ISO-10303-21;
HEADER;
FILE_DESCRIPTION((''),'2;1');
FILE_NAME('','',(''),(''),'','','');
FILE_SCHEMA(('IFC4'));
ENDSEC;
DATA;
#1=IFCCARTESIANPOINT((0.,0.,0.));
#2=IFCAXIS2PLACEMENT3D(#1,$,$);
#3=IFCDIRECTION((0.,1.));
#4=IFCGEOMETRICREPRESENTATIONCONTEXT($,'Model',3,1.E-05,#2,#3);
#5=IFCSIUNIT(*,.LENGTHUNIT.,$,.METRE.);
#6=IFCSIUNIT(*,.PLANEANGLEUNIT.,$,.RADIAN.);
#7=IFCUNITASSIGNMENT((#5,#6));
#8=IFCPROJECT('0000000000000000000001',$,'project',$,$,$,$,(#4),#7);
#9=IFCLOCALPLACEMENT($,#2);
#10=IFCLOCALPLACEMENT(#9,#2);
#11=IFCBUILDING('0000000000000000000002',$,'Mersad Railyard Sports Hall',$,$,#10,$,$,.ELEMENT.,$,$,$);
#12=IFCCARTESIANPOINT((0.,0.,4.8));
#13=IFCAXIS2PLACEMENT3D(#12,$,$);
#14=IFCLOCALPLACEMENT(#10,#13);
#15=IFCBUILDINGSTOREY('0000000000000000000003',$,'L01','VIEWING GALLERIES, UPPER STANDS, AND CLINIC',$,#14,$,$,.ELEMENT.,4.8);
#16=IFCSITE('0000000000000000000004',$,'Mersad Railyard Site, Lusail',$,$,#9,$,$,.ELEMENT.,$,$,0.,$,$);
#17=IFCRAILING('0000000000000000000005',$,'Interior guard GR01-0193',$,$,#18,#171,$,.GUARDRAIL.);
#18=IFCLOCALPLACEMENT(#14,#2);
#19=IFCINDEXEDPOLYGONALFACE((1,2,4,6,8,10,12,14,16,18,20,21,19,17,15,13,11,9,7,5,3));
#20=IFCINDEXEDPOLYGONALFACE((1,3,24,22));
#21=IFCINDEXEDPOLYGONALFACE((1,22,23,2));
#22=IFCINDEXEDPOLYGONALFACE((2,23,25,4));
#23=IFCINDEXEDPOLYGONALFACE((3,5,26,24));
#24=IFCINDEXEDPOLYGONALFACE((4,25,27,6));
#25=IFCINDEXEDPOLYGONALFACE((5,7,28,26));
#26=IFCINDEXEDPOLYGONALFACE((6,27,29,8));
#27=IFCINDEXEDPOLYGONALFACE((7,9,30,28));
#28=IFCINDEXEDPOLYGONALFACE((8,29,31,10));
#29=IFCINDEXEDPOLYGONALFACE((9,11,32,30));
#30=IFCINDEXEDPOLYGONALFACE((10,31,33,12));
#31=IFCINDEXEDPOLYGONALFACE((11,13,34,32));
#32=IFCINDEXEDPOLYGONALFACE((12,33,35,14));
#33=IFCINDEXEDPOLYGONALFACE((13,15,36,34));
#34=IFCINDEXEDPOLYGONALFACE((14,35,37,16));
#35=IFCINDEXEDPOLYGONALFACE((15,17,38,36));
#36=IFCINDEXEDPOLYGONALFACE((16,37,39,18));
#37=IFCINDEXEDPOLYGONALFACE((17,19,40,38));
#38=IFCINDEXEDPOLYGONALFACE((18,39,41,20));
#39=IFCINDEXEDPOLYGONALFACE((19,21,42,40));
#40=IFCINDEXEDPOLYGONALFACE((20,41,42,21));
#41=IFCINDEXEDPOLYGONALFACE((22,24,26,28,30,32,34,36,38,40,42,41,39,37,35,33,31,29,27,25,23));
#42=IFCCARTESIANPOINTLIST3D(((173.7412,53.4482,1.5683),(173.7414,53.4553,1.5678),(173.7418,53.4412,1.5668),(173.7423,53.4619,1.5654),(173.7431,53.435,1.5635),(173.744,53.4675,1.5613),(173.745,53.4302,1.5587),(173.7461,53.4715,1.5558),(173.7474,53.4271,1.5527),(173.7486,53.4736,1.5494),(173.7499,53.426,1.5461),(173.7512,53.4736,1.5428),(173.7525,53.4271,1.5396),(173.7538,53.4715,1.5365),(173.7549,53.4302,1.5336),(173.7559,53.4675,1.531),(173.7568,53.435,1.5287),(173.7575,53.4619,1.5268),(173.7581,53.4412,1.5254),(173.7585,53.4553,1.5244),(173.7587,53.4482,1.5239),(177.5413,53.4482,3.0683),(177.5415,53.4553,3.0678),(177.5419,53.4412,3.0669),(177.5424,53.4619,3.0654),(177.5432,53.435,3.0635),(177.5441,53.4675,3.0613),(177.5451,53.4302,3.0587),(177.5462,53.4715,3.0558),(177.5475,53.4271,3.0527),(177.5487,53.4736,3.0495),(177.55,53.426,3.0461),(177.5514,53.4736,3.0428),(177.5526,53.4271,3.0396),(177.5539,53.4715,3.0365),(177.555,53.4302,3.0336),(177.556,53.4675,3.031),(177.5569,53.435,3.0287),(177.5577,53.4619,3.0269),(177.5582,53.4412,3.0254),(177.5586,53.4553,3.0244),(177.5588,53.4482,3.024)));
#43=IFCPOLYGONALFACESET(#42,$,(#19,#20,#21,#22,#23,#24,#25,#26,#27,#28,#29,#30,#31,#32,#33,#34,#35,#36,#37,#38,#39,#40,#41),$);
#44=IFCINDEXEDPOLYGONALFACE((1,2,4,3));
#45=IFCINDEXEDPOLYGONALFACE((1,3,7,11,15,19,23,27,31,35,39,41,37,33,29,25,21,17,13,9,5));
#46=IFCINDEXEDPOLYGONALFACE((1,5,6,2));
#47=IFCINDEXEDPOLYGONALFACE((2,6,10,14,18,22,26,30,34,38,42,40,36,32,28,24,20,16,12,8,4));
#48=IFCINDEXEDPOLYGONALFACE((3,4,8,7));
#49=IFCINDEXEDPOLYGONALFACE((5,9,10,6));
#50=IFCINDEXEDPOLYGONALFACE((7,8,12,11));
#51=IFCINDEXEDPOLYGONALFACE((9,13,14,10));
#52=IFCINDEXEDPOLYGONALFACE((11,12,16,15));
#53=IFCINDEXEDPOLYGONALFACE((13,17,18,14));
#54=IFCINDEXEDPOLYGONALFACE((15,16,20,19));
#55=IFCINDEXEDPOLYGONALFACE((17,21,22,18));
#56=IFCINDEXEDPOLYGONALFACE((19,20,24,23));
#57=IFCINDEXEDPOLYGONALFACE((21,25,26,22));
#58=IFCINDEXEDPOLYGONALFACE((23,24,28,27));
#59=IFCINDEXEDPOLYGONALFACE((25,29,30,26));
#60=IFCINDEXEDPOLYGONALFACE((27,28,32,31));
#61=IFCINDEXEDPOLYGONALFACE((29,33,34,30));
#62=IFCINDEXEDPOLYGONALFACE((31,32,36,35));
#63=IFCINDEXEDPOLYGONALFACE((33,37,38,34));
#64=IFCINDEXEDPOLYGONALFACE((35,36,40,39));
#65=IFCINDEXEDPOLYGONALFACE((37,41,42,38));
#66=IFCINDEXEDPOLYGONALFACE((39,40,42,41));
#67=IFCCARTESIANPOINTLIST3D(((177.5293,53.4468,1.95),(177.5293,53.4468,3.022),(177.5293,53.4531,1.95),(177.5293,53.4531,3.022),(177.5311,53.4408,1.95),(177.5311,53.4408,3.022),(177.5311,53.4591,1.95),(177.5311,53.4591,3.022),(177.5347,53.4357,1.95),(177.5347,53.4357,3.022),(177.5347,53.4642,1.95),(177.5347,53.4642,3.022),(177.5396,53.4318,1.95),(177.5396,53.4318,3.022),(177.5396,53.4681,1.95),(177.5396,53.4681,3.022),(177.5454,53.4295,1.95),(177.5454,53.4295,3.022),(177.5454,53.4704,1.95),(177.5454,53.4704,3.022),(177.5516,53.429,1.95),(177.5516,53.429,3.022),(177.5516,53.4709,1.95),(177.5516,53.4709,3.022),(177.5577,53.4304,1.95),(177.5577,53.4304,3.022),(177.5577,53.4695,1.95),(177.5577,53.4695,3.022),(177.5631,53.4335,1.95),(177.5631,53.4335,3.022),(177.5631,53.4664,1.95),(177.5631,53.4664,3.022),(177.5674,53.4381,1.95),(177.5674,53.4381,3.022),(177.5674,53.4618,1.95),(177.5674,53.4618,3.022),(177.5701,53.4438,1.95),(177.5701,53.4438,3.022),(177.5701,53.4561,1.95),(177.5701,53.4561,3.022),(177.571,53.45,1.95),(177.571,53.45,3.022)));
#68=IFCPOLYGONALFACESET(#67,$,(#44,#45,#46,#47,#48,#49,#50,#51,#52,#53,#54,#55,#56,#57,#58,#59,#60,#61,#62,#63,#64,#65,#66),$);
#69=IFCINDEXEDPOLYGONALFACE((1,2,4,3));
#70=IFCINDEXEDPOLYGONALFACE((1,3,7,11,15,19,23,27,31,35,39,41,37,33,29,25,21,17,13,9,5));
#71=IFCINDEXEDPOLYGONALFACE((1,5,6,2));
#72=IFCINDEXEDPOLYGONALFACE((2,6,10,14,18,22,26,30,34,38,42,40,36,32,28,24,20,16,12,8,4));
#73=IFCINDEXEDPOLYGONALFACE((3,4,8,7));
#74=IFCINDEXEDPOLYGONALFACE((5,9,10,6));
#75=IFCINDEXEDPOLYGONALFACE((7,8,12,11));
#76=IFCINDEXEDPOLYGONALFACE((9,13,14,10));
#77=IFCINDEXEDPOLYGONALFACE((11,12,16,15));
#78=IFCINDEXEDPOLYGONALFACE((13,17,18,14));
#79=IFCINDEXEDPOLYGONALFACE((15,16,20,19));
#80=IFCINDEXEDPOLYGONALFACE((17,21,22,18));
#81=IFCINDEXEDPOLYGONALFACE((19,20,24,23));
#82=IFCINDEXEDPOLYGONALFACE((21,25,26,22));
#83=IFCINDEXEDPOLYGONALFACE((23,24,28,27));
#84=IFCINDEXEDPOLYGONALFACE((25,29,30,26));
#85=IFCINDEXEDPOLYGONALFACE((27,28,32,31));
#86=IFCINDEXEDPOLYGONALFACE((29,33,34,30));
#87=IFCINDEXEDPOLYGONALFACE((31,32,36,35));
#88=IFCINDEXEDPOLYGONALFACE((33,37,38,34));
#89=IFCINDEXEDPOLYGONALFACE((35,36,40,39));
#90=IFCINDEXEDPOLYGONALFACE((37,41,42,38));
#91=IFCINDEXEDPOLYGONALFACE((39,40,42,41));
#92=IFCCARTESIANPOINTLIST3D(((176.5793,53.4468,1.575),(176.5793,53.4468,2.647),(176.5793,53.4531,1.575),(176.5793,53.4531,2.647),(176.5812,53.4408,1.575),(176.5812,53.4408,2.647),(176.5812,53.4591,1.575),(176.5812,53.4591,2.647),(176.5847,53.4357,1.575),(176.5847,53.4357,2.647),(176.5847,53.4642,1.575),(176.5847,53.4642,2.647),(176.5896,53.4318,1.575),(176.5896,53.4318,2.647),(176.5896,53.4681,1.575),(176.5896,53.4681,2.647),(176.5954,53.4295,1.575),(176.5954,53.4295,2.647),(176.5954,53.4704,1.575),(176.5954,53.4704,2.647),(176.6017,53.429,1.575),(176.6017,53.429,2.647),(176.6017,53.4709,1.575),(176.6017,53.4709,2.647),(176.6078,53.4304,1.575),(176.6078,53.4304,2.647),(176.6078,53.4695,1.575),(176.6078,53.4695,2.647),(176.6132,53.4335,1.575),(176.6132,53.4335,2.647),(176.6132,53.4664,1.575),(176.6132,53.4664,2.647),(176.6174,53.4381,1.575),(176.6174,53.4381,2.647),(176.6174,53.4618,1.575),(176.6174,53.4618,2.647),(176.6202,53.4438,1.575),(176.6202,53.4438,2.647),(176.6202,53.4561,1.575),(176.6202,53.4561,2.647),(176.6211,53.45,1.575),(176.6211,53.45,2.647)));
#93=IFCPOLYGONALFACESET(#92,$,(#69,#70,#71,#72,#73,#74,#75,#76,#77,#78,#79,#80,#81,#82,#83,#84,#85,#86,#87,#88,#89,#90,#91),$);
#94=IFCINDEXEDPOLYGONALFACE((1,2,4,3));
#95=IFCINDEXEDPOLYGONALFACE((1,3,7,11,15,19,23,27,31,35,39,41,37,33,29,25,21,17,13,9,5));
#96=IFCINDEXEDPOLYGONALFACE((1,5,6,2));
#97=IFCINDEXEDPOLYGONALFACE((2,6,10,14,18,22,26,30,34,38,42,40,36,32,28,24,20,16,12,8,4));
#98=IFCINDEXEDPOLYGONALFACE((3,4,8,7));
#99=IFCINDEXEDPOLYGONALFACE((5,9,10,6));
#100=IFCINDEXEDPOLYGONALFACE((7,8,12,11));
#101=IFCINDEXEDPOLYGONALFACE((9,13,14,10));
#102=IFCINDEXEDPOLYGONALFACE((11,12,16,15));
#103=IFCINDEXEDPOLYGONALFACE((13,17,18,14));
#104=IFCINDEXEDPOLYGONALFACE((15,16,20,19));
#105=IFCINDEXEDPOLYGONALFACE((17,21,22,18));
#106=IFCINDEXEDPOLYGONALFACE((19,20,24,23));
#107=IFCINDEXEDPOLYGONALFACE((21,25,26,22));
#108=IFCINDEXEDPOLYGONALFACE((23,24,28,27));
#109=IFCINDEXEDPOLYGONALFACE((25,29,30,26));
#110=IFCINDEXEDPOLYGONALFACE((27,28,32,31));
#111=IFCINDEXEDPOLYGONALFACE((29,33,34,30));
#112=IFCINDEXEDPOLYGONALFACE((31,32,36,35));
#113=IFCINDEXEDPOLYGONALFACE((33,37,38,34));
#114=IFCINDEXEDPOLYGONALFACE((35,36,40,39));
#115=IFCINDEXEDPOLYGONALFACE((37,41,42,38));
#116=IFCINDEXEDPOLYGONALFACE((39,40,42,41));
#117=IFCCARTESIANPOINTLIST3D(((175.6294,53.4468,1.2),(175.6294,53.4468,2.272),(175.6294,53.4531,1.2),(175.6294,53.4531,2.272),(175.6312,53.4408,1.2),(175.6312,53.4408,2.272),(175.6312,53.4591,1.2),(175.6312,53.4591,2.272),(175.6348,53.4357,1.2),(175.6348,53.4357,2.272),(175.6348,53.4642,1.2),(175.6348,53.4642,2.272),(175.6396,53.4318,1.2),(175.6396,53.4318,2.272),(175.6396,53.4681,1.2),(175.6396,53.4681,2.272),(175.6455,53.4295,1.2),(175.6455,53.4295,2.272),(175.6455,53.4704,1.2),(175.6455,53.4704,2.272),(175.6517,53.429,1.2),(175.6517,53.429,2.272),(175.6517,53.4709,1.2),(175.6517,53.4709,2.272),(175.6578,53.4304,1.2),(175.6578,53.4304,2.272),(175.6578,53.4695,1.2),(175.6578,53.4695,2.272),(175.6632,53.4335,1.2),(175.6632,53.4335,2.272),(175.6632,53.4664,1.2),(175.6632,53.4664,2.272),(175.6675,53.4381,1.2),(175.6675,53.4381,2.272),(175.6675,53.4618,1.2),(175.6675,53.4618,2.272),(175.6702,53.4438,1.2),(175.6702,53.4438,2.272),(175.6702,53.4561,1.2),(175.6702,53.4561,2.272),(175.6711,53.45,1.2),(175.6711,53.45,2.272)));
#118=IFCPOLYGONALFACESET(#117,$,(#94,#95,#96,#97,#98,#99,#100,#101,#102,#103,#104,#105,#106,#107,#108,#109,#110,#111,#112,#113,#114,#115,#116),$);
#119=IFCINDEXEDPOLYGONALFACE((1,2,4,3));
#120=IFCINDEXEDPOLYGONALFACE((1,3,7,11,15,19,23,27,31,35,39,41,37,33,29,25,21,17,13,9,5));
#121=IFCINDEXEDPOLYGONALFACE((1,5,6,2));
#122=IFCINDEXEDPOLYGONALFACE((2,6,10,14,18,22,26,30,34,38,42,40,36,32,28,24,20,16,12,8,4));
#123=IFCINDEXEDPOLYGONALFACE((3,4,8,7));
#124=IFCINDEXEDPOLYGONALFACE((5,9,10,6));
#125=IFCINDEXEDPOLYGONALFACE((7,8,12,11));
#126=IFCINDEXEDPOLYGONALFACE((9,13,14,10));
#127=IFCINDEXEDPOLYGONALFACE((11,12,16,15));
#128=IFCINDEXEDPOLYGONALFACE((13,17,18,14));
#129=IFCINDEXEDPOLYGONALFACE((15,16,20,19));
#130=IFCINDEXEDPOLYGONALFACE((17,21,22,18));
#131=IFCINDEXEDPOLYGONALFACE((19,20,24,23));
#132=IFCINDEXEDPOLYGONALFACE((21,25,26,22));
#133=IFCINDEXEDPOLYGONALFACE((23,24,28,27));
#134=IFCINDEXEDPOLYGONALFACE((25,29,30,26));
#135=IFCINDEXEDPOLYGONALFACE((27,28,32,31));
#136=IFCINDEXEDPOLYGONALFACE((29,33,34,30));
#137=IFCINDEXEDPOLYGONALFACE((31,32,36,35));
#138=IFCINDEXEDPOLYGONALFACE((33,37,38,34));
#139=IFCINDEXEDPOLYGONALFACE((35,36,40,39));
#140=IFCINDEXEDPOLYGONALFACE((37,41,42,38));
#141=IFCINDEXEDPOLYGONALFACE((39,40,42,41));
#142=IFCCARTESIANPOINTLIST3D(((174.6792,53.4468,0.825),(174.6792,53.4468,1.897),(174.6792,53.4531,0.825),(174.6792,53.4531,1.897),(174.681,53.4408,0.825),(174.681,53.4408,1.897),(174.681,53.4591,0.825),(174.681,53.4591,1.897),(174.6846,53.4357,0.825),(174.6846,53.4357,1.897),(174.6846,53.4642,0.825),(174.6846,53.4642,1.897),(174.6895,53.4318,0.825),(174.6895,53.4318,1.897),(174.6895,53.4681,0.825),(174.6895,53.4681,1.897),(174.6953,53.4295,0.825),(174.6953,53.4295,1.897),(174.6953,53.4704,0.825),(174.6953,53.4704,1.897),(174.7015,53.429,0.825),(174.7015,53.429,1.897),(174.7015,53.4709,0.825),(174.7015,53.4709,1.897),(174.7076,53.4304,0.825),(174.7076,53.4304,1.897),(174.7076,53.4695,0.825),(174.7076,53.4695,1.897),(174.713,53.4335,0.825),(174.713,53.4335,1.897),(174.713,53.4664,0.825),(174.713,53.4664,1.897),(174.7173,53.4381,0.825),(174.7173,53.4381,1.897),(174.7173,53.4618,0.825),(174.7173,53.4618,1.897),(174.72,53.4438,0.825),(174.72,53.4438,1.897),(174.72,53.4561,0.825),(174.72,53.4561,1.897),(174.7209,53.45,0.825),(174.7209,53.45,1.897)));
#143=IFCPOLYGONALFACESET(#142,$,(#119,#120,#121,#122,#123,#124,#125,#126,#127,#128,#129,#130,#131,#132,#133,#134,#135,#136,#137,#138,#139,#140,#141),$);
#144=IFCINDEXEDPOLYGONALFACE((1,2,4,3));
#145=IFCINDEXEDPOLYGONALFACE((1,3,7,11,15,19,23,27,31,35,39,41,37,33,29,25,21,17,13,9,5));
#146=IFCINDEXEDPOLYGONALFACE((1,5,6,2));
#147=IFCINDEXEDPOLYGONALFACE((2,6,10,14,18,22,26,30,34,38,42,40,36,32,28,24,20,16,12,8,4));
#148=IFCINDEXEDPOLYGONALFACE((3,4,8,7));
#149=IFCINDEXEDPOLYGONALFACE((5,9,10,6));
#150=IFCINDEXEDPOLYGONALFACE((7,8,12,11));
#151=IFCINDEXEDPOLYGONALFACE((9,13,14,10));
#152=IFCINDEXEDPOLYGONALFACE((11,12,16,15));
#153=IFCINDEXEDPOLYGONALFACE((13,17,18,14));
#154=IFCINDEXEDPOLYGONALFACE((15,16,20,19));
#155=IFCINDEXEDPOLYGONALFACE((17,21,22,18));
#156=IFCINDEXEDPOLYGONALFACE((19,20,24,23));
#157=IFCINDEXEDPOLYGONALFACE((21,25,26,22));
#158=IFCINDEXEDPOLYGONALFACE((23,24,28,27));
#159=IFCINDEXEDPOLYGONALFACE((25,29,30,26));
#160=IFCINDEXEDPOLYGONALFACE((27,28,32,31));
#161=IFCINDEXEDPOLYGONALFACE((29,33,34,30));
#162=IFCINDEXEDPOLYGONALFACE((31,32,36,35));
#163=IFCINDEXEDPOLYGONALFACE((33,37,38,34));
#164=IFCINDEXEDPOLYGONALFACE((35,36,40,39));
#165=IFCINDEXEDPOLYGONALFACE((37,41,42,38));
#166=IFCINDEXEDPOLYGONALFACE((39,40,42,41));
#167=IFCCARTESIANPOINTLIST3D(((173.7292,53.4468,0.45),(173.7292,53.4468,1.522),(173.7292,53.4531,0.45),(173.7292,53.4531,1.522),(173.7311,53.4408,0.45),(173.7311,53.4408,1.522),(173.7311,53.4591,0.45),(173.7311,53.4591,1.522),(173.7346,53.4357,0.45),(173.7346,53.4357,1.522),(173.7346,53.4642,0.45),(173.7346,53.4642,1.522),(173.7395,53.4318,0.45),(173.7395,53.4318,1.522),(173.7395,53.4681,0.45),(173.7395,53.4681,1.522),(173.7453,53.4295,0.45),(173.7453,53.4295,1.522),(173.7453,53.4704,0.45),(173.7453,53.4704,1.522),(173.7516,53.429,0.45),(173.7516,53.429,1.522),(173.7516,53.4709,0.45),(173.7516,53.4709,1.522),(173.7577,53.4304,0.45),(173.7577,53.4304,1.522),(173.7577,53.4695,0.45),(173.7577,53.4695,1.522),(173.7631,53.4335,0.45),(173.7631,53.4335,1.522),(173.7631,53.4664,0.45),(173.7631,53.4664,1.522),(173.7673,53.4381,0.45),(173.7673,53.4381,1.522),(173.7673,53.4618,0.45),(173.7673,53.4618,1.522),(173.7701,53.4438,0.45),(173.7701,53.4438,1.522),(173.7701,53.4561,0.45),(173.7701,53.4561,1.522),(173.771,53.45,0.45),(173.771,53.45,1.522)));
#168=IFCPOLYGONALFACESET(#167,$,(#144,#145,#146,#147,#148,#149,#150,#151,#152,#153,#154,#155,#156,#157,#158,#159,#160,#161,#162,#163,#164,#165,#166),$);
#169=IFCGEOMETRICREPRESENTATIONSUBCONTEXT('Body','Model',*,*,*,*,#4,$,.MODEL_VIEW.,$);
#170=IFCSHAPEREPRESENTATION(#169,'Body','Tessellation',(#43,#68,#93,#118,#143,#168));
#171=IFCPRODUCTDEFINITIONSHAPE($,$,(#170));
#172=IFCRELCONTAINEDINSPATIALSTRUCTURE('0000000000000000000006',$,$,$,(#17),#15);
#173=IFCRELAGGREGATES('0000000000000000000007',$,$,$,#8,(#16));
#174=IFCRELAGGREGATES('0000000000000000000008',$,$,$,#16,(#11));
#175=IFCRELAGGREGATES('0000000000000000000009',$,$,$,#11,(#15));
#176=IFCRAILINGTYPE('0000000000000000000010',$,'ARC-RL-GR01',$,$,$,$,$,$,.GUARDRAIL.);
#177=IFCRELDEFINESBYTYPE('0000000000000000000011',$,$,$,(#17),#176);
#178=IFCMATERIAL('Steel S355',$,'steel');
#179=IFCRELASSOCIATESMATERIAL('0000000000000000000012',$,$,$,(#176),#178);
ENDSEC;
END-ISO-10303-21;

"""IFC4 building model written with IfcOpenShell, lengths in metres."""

from ifc_helpers import new_model, si_unit, direction, frame, origin, origin_2d, place, context, subcontext, project, spatial, circle, extrude, material, type_object, element, save


model = new_model("IFC4")

# Units and contexts
model_context = context("Model", 3, precision=1e-05, world=origin(), true_north=direction((0.0, 1.0)))
body_context = subcontext(model_context, "Body", "Model", "MODEL_VIEW")
ifc_project = project(units=[si_unit("LENGTHUNIT", "METRE"), si_unit("PLANEANGLEUNIT", "RADIAN")], contexts=[model_context])

# Site, building, storey
site_placement = place(None, origin())
site = spatial("IfcSite", under=ifc_project, at=site_placement, Name="Mersad Railyard Site, Lusail", CompositionType="ELEMENT", RefElevation=0.0)
building_placement = place(site_placement, origin())
building = spatial("IfcBuilding", under=site, at=building_placement, Name="Mersad Railyard Sports Hall", CompositionType="ELEMENT")
storey_placement = place(building_placement, frame((0.0, 0.0, 4.8)))
storey = spatial("IfcBuildingStorey", under=building, at=storey_placement, Name="L01", Description="VIEWING GALLERIES, UPPER STANDS, AND CLINIC", CompositionType="ELEMENT", Elevation=4.8)

# Shared definitions
ifc_material_1 = material(Name="Steel S355", Category="steel")

# Railing
railing_type = type_object("IfcRailingType", Name="ARC-RL-GR01", PredefinedType="GUARDRAIL", material=ifc_material_1)
for number, where, name in (
    (1, (177.55, 53.45, 1.95), "Interior guard GR01-0193"),
):
    element("IfcRailing", number, at=place(storey_placement, frame(where)), inside=storey, type_object=railing_type, Name=name, PredefinedType="GUARDRAIL", context=body_context, shape_type="SweptSolid", body=[
        extrude(circle(Radius=0.0239, at=origin_2d()), frame((0.0, 0.0, 1.0962), z_axis=(-0.930157, 0.0, -0.367162), x_axis=(0.0, -1.0, 0.0)), (0.0, 0.0, 1.0), 4.0854),
        extrude(circle(Radius=0.021, at=origin_2d()), origin(), (0.0, 0.0, 1.0), 1.072),
        extrude(circle(Radius=0.021, at=origin_2d()), frame((-0.95, 0.0, -0.375)), (0.0, 0.0, 1.0), 1.072),
        extrude(circle(Radius=0.021, at=origin_2d()), frame((-1.8999, 0.0, -0.75)), (0.0, 0.0, 1.0), 1.072),
        extrude(circle(Radius=0.021, at=origin_2d()), frame((-2.8501, 0.0, -1.125)), (0.0, 0.0, 1.0), 1.072),
        extrude(circle(Radius=0.021, at=origin_2d()), frame((-3.8, 0.0, -1.5)), (0.0, 0.0, 1.0), 1.072),
    ])

save(model, "model.ifc")
